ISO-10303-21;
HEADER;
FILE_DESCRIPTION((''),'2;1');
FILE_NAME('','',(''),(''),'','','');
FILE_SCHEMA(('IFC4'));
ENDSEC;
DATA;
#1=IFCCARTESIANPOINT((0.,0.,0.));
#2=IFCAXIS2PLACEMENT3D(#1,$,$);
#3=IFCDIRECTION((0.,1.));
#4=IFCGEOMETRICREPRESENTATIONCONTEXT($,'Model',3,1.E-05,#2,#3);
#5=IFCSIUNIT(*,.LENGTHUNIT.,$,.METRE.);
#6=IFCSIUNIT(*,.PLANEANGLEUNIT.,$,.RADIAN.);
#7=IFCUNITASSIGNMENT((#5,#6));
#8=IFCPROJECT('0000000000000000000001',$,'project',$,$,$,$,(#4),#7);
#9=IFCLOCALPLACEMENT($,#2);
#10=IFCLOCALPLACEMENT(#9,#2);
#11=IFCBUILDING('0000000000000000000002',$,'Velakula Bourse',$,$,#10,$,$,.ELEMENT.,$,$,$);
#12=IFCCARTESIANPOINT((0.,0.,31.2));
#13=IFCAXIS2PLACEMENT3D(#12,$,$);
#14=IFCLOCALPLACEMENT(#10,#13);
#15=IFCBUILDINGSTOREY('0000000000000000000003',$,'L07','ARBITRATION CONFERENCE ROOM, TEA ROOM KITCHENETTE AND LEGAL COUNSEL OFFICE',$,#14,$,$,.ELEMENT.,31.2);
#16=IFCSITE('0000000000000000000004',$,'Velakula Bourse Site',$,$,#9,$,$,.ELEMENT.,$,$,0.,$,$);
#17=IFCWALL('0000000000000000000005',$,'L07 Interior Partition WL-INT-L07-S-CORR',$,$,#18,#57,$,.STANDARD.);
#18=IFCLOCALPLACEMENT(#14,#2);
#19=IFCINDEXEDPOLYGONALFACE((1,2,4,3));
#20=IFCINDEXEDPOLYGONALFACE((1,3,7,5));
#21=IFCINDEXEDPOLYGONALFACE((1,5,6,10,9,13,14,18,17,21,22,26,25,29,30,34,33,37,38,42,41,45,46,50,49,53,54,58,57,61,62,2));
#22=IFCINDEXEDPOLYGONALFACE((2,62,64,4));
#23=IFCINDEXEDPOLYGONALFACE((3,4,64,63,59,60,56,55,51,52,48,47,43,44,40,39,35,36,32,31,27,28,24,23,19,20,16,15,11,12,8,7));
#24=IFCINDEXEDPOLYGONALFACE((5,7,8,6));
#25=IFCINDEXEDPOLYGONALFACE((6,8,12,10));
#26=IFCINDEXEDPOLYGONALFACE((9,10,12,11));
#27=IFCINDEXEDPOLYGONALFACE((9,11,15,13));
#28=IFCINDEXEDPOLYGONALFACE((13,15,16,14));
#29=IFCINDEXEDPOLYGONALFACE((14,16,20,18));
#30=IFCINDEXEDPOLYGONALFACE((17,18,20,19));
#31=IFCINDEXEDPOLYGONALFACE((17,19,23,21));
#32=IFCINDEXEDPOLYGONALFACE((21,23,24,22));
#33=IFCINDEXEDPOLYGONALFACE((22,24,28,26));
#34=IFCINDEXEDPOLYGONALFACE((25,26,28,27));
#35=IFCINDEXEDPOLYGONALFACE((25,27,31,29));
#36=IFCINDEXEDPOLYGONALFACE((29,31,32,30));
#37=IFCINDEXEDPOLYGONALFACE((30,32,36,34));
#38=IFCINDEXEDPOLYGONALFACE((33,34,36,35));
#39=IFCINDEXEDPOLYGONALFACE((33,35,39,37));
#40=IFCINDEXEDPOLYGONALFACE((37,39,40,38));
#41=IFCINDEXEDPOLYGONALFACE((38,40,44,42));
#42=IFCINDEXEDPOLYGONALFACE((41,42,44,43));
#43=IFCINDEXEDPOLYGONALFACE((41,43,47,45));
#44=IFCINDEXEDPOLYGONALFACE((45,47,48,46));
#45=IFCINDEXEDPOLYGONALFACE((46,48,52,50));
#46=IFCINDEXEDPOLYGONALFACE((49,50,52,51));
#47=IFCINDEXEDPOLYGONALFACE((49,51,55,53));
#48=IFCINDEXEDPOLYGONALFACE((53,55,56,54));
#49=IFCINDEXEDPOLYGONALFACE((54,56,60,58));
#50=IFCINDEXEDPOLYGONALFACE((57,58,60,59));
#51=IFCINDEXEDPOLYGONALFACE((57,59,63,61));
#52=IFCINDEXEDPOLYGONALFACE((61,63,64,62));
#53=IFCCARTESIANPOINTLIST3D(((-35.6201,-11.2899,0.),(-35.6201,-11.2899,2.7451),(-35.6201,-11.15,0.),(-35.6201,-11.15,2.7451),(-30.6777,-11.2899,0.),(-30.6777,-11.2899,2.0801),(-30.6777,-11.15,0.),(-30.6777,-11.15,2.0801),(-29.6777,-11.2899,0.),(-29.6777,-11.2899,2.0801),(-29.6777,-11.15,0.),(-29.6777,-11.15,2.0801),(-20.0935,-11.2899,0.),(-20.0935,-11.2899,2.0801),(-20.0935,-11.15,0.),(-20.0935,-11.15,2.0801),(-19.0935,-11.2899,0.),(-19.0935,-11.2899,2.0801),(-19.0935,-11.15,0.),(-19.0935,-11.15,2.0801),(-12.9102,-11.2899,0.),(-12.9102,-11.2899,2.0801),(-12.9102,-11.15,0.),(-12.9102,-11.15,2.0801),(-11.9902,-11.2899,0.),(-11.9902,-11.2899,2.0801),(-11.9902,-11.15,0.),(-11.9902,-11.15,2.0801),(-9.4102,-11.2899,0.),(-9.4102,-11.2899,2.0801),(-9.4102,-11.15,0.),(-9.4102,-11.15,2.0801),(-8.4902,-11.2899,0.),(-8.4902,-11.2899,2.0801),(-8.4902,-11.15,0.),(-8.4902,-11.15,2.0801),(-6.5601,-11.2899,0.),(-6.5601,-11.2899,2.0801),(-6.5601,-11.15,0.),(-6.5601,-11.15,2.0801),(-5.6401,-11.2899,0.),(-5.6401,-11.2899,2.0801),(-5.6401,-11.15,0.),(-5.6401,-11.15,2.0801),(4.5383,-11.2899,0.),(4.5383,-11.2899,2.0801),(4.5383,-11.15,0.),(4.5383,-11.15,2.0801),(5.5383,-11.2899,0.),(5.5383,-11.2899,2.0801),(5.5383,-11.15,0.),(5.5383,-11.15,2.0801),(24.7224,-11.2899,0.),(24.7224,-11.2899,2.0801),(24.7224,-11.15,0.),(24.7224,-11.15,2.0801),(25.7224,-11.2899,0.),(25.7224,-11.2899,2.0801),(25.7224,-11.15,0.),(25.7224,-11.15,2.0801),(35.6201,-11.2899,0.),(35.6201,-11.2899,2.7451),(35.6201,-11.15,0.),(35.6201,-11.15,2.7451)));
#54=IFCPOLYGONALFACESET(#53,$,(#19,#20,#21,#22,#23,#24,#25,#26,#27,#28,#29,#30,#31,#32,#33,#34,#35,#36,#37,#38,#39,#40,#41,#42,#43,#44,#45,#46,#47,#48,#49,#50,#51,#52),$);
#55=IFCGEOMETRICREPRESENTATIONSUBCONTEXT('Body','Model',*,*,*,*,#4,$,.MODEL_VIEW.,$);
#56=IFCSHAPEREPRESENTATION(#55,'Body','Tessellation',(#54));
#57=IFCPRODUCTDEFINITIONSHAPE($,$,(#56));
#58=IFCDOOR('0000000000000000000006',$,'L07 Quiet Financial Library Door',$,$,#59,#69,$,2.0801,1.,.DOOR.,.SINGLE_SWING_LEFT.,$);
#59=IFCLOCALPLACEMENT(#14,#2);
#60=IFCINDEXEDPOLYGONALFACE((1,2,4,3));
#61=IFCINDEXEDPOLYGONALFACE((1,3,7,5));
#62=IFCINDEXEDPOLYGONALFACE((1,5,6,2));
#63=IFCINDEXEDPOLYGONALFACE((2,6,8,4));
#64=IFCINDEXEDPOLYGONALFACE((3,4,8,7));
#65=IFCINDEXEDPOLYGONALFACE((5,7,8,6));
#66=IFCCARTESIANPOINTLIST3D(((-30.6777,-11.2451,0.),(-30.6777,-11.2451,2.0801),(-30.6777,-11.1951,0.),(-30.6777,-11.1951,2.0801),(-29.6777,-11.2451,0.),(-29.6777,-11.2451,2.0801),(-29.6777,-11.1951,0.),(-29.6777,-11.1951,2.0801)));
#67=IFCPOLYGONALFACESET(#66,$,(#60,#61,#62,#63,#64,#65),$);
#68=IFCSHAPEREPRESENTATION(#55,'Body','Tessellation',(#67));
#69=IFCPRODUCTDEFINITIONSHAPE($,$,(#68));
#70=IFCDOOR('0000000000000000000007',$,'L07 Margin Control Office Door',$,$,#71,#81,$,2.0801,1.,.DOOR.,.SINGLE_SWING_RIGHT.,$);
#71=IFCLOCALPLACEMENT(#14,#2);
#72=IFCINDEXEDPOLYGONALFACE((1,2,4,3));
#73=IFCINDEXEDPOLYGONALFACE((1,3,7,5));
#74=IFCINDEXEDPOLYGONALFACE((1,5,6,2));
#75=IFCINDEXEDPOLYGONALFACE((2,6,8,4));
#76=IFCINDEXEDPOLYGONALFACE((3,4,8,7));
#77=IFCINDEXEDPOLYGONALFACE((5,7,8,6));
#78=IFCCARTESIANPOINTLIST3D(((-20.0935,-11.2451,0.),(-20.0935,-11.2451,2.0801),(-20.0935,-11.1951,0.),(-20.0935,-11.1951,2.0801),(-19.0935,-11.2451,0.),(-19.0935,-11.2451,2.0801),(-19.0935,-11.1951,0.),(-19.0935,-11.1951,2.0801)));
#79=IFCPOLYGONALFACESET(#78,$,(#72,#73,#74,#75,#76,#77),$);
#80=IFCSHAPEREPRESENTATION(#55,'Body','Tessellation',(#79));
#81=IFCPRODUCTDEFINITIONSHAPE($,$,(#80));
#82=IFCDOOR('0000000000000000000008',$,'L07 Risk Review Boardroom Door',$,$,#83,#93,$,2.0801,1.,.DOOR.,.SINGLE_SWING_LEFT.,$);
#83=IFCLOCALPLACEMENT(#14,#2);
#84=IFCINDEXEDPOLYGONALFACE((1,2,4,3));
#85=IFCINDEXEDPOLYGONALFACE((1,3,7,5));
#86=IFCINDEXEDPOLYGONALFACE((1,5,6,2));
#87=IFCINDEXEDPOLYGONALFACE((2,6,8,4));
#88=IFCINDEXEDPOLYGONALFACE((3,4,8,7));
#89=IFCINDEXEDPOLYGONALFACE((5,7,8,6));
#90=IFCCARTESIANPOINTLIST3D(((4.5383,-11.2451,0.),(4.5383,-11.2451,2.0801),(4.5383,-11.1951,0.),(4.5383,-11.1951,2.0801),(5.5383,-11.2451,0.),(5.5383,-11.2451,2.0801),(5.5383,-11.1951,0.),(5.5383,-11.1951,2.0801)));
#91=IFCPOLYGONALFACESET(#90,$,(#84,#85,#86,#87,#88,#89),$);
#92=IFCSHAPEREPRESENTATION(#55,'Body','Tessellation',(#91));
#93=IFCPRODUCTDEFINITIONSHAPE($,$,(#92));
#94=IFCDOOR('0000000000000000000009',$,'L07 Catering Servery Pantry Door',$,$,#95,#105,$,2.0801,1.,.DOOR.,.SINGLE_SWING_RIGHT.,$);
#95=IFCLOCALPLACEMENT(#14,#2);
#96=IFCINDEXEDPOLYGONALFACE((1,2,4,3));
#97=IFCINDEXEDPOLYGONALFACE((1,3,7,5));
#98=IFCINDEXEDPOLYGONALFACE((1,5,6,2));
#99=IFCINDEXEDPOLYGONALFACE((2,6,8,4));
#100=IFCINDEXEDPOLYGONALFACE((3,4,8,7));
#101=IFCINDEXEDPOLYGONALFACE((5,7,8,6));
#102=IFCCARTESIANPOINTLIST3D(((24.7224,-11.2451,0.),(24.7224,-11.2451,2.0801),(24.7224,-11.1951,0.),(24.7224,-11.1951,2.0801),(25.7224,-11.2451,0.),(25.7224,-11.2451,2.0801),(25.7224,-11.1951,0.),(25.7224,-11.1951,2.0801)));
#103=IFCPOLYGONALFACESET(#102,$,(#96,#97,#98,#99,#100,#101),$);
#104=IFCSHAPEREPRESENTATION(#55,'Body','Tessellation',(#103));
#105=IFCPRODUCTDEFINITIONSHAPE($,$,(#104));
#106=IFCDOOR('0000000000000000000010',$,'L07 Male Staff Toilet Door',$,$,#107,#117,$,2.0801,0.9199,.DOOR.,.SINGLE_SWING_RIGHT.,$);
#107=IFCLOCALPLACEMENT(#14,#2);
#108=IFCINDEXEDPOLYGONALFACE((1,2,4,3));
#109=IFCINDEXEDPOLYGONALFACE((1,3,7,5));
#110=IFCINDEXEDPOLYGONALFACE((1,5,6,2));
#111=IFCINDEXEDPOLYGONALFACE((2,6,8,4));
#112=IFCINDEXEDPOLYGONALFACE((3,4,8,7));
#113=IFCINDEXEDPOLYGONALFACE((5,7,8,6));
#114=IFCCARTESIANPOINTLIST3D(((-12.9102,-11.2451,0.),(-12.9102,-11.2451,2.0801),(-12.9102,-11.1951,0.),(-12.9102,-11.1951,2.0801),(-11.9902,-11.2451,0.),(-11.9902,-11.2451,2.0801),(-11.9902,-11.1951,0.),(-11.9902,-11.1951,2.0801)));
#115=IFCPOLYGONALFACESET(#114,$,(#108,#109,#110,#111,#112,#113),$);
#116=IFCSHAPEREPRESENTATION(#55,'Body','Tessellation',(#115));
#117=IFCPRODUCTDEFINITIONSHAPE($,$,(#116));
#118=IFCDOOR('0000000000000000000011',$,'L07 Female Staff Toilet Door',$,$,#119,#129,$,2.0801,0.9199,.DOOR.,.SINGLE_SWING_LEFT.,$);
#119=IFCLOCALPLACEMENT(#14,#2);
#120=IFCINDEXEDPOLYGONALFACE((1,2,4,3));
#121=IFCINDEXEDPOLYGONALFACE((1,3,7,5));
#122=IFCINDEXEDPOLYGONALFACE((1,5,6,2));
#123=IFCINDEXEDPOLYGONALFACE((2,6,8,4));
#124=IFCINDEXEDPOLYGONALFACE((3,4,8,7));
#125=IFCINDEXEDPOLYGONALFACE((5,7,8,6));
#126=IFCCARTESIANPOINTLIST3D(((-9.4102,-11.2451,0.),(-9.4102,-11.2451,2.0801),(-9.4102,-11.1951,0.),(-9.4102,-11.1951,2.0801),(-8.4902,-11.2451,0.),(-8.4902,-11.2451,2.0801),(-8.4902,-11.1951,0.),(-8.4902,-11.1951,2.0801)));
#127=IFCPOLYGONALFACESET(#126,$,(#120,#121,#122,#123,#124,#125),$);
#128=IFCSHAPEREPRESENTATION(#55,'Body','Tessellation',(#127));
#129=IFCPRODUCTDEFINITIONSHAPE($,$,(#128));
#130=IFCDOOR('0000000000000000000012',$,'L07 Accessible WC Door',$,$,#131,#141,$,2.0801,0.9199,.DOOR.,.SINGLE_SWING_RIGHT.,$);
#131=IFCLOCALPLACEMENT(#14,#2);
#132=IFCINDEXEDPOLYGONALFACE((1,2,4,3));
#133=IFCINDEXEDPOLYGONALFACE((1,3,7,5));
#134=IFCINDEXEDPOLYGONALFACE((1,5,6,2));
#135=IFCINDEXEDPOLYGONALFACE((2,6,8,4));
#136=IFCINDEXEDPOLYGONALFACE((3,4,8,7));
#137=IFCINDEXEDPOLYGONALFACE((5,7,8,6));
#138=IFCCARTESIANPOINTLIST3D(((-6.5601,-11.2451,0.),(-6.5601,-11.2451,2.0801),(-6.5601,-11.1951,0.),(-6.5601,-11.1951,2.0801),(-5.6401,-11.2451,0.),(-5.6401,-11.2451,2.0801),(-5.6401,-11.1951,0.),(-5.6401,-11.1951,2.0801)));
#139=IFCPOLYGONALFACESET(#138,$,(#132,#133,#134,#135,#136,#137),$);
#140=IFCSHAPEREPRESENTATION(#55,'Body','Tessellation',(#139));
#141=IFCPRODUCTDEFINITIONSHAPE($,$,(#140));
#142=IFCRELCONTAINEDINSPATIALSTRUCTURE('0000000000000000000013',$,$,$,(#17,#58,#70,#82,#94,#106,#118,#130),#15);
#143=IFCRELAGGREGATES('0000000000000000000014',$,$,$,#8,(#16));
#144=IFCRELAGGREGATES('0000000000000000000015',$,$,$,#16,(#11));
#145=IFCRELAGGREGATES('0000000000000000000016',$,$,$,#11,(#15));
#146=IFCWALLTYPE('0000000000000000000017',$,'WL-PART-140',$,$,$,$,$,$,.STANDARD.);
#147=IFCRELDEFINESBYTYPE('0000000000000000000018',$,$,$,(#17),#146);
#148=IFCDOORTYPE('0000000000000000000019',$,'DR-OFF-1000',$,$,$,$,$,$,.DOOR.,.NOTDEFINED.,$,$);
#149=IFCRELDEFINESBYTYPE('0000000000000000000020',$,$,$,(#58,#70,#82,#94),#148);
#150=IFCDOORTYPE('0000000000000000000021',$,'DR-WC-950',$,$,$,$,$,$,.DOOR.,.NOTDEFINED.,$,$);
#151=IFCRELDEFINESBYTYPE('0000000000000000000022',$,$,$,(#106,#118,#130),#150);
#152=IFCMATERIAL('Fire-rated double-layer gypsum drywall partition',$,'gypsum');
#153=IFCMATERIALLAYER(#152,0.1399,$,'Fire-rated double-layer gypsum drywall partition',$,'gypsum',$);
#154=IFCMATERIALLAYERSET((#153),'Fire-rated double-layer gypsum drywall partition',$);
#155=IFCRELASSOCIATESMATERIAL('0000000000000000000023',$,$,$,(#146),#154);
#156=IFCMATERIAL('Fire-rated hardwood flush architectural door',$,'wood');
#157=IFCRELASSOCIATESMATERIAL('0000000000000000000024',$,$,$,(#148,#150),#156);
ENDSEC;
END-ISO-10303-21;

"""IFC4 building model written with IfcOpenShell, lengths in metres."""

from ifc_helpers import new_model, si_unit, direction, frame, frame_2d, origin, place, context, subcontext, project, spatial, rectangle, extrude, material, layer, layer_set, type_object, element, fill, save


model = new_model("IFC4")

# Units and contexts
model_context = context("Model", 3, precision=1e-05, world=origin(), true_north=direction((0.0, 1.0)))
body_context = subcontext(model_context, "Body", "Model", "MODEL_VIEW")
ifc_project = project(units=[si_unit("LENGTHUNIT", "METRE"), si_unit("PLANEANGLEUNIT", "RADIAN")], contexts=[model_context])

# Site, building, storey
site_placement = place(None, origin())
site = spatial("IfcSite", under=ifc_project, at=site_placement, Name="Velakula Bourse Site", CompositionType="ELEMENT", RefElevation=0.0)
building_placement = place(site_placement, origin())
building = spatial("IfcBuilding", under=site, at=building_placement, Name="Velakula Bourse", CompositionType="ELEMENT")
storey_placement = place(building_placement, frame((0.0, 0.0, 31.2)))
storey = spatial("IfcBuildingStorey", under=building, at=storey_placement, Name="L07", Description="ARBITRATION CONFERENCE ROOM, TEA ROOM KITCHENETTE AND LEGAL COUNSEL OFFICE", CompositionType="ELEMENT", Elevation=31.2)

# Wall, openings, doors
ifc_material_1 = material(Name="Fire-rated double-layer gypsum drywall partition", Category="gypsum")
ifc_layer_1 = layer(ifc_material_1, 0.1399, Name="Fire-rated double-layer gypsum drywall partition", Category="gypsum")
ifc_layer_set_1 = layer_set([ifc_layer_1], Name="Fire-rated double-layer gypsum drywall partition")
wall_type_1 = type_object("IfcWallType", Name="WL-PART-140", PredefinedType="STANDARD", material=ifc_layer_set_1)
wall_1_placement = place(storey_placement, frame((-35.6201, -11.22, 0.0), z_axis=(0.0, 0.0, 1.0), x_axis=(1.0, 0.0, 0.0)))
wall_1 = element("IfcWall", 1, at=wall_1_placement, inside=storey, type_object=wall_type_1, Name="L07 Interior Partition WL-INT-L07-S-CORR", PredefinedType="STANDARD", context=body_context, shape_type="SweptSolid", body=[
    extrude(rectangle(XDim=71.2402, YDim=0.1399, at=frame_2d((35.6201, 0.0))), origin(), (0.0, 0.0, 1.0), 2.7451),
])
opening_1_placement = place(wall_1_placement, frame((22.71, 0.0, 0.0)))
opening_1 = element("IfcOpeningElement", 2, at=opening_1_placement, cuts=wall_1, PredefinedType="OPENING", context=body_context, shape_type="SweptSolid", body=[
    extrude(rectangle(XDim=0.9199, YDim=2.0801, at=frame_2d((0.46, 1.04))), frame((0.0, 0.0798, 0.0), z_axis=(0.0, -1.0, 0.0), x_axis=(1.0, 0.0, 0.0)), (0.0, 0.0, 1.0), 0.1599),
])
opening_2_placement = place(wall_1_placement, frame((26.21, 0.0, 0.0)))
opening_2 = element("IfcOpeningElement", 3, at=opening_2_placement, cuts=wall_1, PredefinedType="OPENING", context=body_context, shape_type="SweptSolid", body=[
    extrude(rectangle(XDim=0.9199, YDim=2.0801, at=frame_2d((0.46, 1.04))), frame((0.0, 0.0798, 0.0), z_axis=(0.0, -1.0, 0.0), x_axis=(1.0, 0.0, 0.0)), (0.0, 0.0, 1.0), 0.1599),
])
opening_3_placement = place(wall_1_placement, frame((29.0601, 0.0, 0.0)))
opening_3 = element("IfcOpeningElement", 4, at=opening_3_placement, cuts=wall_1, PredefinedType="OPENING", context=body_context, shape_type="SweptSolid", body=[
    extrude(rectangle(XDim=0.9199, YDim=2.0801, at=frame_2d((0.46, 1.04))), frame((0.0, 0.0798, 0.0), z_axis=(0.0, -1.0, 0.0), x_axis=(1.0, 0.0, 0.0)), (0.0, 0.0, 1.0), 0.1599),
])
opening_4_placement = place(wall_1_placement, frame((4.9424, 0.0, 0.0)))
opening_4 = element("IfcOpeningElement", 5, at=opening_4_placement, cuts=wall_1, PredefinedType="OPENING", context=body_context, shape_type="SweptSolid", body=[
    extrude(rectangle(XDim=1.0, YDim=2.0801, at=frame_2d((0.5, 1.04))), frame((0.0, 0.0798, 0.0), z_axis=(0.0, -1.0, 0.0), x_axis=(1.0, 0.0, 0.0)), (0.0, 0.0, 1.0), 0.1599),
])
opening_5_placement = place(wall_1_placement, frame((15.5266, 0.0, 0.0)))
opening_5 = element("IfcOpeningElement", 6, at=opening_5_placement, cuts=wall_1, PredefinedType="OPENING", context=body_context, shape_type="SweptSolid", body=[
    extrude(rectangle(XDim=1.0, YDim=2.0801, at=frame_2d((0.5, 1.04))), frame((0.0, 0.0798, 0.0), z_axis=(0.0, -1.0, 0.0), x_axis=(1.0, 0.0, 0.0)), (0.0, 0.0, 1.0), 0.1599),
])
opening_6_placement = place(wall_1_placement, frame((40.1584, 0.0, 0.0)))
opening_6 = element("IfcOpeningElement", 7, at=opening_6_placement, cuts=wall_1, PredefinedType="OPENING", context=body_context, shape_type="SweptSolid", body=[
    extrude(rectangle(XDim=1.0, YDim=2.0801, at=frame_2d((0.5, 1.04))), frame((0.0, 0.0798, 0.0), z_axis=(0.0, -1.0, 0.0), x_axis=(1.0, 0.0, 0.0)), (0.0, 0.0, 1.0), 0.1599),
])
opening_7_placement = place(wall_1_placement, frame((60.3425, 0.0, 0.0)))
opening_7 = element("IfcOpeningElement", 8, at=opening_7_placement, cuts=wall_1, PredefinedType="OPENING", context=body_context, shape_type="SweptSolid", body=[
    extrude(rectangle(XDim=1.0, YDim=2.0801, at=frame_2d((0.5, 1.04))), frame((0.0, 0.0798, 0.0), z_axis=(0.0, -1.0, 0.0), x_axis=(1.0, 0.0, 0.0)), (0.0, 0.0, 1.0), 0.1599),
])
ifc_material_2 = material(Name="Fire-rated hardwood flush architectural door", Category="wood")
door_type_1 = type_object("IfcDoorType", Name="DR-OFF-1000", OperationType="NOTDEFINED", PredefinedType="DOOR", material=ifc_material_2)
door_1_placement = place(opening_4_placement, origin())
door_1 = element("IfcDoor", 9, at=door_1_placement, inside=storey, type_object=door_type_1, Name="L07 Quiet Financial Library Door", OperationType="SINGLE_SWING_LEFT", OverallHeight=2.0801, OverallWidth=1.0, PredefinedType="DOOR", context=body_context, shape_type="SweptSolid", body=[
    extrude(rectangle(XDim=1.0, YDim=2.0801, at=frame_2d((0.5, 1.04))), frame((0.0, 0.0249, 0.0), z_axis=(0.0, -1.0, 0.0), x_axis=(1.0, 0.0, 0.0)), (0.0, 0.0, 1.0), 0.05),
])
fill(opening_4, door_1)
door_2_placement = place(opening_5_placement, origin())
door_2 = element("IfcDoor", 10, at=door_2_placement, inside=storey, type_object=door_type_1, Name="L07 Margin Control Office Door", OperationType="SINGLE_SWING_RIGHT", OverallHeight=2.0801, OverallWidth=1.0, PredefinedType="DOOR", context=body_context, shape_type="SweptSolid", body=[
    extrude(rectangle(XDim=1.0, YDim=2.0801, at=frame_2d((0.5, 1.04))), frame((0.0, 0.0249, 0.0), z_axis=(0.0, -1.0, 0.0), x_axis=(1.0, 0.0, 0.0)), (0.0, 0.0, 1.0), 0.05),
])
fill(opening_5, door_2)
door_3_placement = place(opening_6_placement, origin())
door_3 = element("IfcDoor", 11, at=door_3_placement, inside=storey, type_object=door_type_1, Name="L07 Risk Review Boardroom Door", OperationType="SINGLE_SWING_LEFT", OverallHeight=2.0801, OverallWidth=1.0, PredefinedType="DOOR", context=body_context, shape_type="SweptSolid", body=[
    extrude(rectangle(XDim=1.0, YDim=2.0801, at=frame_2d((0.5, 1.04))), frame((0.0, 0.0249, 0.0), z_axis=(0.0, -1.0, 0.0), x_axis=(1.0, 0.0, 0.0)), (0.0, 0.0, 1.0), 0.05),
])
fill(opening_6, door_3)
door_4_placement = place(opening_7_placement, origin())
door_4 = element("IfcDoor", 12, at=door_4_placement, inside=storey, type_object=door_type_1, Name="L07 Catering Servery Pantry Door", OperationType="SINGLE_SWING_RIGHT", OverallHeight=2.0801, OverallWidth=1.0, PredefinedType="DOOR", context=body_context, shape_type="SweptSolid", body=[
    extrude(rectangle(XDim=1.0, YDim=2.0801, at=frame_2d((0.5, 1.04))), frame((0.0, 0.0249, 0.0), z_axis=(0.0, -1.0, 0.0), x_axis=(1.0, 0.0, 0.0)), (0.0, 0.0, 1.0), 0.05),
])
fill(opening_7, door_4)
door_type_2 = type_object("IfcDoorType", Name="DR-WC-950", OperationType="NOTDEFINED", PredefinedType="DOOR", material=ifc_material_2)
door_5_placement = place(opening_1_placement, origin())
door_5 = element("IfcDoor", 13, at=door_5_placement, inside=storey, type_object=door_type_2, Name="L07 Male Staff Toilet Door", OperationType="SINGLE_SWING_RIGHT", OverallHeight=2.0801, OverallWidth=0.9199, PredefinedType="DOOR", context=body_context, shape_type="SweptSolid", body=[
    extrude(rectangle(XDim=0.9199, YDim=2.0801, at=frame_2d((0.46, 1.04))), frame((0.0, 0.0249, 0.0), z_axis=(0.0, -1.0, 0.0), x_axis=(1.0, 0.0, 0.0)), (0.0, 0.0, 1.0), 0.05),
])
fill(opening_1, door_5)
door_6_placement = place(opening_2_placement, origin())
door_6 = element("IfcDoor", 14, at=door_6_placement, inside=storey, type_object=door_type_2, Name="L07 Female Staff Toilet Door", OperationType="SINGLE_SWING_LEFT", OverallHeight=2.0801, OverallWidth=0.9199, PredefinedType="DOOR", context=body_context, shape_type="SweptSolid", body=[
    extrude(rectangle(XDim=0.9199, YDim=2.0801, at=frame_2d((0.46, 1.04))), frame((0.0, 0.0249, 0.0), z_axis=(0.0, -1.0, 0.0), x_axis=(1.0, 0.0, 0.0)), (0.0, 0.0, 1.0), 0.05),
])
fill(opening_2, door_6)
door_7_placement = place(opening_3_placement, origin())
door_7 = element("IfcDoor", 15, at=door_7_placement, inside=storey, type_object=door_type_2, Name="L07 Accessible WC Door", OperationType="SINGLE_SWING_RIGHT", OverallHeight=2.0801, OverallWidth=0.9199, PredefinedType="DOOR", context=body_context, shape_type="SweptSolid", body=[
    extrude(rectangle(XDim=0.9199, YDim=2.0801, at=frame_2d((0.46, 1.04))), frame((0.0, 0.0249, 0.0), z_axis=(0.0, -1.0, 0.0), x_axis=(1.0, 0.0, 0.0)), (0.0, 0.0, 1.0), 0.05),
])
fill(opening_3, door_7)

save(model, "model.ifc")
